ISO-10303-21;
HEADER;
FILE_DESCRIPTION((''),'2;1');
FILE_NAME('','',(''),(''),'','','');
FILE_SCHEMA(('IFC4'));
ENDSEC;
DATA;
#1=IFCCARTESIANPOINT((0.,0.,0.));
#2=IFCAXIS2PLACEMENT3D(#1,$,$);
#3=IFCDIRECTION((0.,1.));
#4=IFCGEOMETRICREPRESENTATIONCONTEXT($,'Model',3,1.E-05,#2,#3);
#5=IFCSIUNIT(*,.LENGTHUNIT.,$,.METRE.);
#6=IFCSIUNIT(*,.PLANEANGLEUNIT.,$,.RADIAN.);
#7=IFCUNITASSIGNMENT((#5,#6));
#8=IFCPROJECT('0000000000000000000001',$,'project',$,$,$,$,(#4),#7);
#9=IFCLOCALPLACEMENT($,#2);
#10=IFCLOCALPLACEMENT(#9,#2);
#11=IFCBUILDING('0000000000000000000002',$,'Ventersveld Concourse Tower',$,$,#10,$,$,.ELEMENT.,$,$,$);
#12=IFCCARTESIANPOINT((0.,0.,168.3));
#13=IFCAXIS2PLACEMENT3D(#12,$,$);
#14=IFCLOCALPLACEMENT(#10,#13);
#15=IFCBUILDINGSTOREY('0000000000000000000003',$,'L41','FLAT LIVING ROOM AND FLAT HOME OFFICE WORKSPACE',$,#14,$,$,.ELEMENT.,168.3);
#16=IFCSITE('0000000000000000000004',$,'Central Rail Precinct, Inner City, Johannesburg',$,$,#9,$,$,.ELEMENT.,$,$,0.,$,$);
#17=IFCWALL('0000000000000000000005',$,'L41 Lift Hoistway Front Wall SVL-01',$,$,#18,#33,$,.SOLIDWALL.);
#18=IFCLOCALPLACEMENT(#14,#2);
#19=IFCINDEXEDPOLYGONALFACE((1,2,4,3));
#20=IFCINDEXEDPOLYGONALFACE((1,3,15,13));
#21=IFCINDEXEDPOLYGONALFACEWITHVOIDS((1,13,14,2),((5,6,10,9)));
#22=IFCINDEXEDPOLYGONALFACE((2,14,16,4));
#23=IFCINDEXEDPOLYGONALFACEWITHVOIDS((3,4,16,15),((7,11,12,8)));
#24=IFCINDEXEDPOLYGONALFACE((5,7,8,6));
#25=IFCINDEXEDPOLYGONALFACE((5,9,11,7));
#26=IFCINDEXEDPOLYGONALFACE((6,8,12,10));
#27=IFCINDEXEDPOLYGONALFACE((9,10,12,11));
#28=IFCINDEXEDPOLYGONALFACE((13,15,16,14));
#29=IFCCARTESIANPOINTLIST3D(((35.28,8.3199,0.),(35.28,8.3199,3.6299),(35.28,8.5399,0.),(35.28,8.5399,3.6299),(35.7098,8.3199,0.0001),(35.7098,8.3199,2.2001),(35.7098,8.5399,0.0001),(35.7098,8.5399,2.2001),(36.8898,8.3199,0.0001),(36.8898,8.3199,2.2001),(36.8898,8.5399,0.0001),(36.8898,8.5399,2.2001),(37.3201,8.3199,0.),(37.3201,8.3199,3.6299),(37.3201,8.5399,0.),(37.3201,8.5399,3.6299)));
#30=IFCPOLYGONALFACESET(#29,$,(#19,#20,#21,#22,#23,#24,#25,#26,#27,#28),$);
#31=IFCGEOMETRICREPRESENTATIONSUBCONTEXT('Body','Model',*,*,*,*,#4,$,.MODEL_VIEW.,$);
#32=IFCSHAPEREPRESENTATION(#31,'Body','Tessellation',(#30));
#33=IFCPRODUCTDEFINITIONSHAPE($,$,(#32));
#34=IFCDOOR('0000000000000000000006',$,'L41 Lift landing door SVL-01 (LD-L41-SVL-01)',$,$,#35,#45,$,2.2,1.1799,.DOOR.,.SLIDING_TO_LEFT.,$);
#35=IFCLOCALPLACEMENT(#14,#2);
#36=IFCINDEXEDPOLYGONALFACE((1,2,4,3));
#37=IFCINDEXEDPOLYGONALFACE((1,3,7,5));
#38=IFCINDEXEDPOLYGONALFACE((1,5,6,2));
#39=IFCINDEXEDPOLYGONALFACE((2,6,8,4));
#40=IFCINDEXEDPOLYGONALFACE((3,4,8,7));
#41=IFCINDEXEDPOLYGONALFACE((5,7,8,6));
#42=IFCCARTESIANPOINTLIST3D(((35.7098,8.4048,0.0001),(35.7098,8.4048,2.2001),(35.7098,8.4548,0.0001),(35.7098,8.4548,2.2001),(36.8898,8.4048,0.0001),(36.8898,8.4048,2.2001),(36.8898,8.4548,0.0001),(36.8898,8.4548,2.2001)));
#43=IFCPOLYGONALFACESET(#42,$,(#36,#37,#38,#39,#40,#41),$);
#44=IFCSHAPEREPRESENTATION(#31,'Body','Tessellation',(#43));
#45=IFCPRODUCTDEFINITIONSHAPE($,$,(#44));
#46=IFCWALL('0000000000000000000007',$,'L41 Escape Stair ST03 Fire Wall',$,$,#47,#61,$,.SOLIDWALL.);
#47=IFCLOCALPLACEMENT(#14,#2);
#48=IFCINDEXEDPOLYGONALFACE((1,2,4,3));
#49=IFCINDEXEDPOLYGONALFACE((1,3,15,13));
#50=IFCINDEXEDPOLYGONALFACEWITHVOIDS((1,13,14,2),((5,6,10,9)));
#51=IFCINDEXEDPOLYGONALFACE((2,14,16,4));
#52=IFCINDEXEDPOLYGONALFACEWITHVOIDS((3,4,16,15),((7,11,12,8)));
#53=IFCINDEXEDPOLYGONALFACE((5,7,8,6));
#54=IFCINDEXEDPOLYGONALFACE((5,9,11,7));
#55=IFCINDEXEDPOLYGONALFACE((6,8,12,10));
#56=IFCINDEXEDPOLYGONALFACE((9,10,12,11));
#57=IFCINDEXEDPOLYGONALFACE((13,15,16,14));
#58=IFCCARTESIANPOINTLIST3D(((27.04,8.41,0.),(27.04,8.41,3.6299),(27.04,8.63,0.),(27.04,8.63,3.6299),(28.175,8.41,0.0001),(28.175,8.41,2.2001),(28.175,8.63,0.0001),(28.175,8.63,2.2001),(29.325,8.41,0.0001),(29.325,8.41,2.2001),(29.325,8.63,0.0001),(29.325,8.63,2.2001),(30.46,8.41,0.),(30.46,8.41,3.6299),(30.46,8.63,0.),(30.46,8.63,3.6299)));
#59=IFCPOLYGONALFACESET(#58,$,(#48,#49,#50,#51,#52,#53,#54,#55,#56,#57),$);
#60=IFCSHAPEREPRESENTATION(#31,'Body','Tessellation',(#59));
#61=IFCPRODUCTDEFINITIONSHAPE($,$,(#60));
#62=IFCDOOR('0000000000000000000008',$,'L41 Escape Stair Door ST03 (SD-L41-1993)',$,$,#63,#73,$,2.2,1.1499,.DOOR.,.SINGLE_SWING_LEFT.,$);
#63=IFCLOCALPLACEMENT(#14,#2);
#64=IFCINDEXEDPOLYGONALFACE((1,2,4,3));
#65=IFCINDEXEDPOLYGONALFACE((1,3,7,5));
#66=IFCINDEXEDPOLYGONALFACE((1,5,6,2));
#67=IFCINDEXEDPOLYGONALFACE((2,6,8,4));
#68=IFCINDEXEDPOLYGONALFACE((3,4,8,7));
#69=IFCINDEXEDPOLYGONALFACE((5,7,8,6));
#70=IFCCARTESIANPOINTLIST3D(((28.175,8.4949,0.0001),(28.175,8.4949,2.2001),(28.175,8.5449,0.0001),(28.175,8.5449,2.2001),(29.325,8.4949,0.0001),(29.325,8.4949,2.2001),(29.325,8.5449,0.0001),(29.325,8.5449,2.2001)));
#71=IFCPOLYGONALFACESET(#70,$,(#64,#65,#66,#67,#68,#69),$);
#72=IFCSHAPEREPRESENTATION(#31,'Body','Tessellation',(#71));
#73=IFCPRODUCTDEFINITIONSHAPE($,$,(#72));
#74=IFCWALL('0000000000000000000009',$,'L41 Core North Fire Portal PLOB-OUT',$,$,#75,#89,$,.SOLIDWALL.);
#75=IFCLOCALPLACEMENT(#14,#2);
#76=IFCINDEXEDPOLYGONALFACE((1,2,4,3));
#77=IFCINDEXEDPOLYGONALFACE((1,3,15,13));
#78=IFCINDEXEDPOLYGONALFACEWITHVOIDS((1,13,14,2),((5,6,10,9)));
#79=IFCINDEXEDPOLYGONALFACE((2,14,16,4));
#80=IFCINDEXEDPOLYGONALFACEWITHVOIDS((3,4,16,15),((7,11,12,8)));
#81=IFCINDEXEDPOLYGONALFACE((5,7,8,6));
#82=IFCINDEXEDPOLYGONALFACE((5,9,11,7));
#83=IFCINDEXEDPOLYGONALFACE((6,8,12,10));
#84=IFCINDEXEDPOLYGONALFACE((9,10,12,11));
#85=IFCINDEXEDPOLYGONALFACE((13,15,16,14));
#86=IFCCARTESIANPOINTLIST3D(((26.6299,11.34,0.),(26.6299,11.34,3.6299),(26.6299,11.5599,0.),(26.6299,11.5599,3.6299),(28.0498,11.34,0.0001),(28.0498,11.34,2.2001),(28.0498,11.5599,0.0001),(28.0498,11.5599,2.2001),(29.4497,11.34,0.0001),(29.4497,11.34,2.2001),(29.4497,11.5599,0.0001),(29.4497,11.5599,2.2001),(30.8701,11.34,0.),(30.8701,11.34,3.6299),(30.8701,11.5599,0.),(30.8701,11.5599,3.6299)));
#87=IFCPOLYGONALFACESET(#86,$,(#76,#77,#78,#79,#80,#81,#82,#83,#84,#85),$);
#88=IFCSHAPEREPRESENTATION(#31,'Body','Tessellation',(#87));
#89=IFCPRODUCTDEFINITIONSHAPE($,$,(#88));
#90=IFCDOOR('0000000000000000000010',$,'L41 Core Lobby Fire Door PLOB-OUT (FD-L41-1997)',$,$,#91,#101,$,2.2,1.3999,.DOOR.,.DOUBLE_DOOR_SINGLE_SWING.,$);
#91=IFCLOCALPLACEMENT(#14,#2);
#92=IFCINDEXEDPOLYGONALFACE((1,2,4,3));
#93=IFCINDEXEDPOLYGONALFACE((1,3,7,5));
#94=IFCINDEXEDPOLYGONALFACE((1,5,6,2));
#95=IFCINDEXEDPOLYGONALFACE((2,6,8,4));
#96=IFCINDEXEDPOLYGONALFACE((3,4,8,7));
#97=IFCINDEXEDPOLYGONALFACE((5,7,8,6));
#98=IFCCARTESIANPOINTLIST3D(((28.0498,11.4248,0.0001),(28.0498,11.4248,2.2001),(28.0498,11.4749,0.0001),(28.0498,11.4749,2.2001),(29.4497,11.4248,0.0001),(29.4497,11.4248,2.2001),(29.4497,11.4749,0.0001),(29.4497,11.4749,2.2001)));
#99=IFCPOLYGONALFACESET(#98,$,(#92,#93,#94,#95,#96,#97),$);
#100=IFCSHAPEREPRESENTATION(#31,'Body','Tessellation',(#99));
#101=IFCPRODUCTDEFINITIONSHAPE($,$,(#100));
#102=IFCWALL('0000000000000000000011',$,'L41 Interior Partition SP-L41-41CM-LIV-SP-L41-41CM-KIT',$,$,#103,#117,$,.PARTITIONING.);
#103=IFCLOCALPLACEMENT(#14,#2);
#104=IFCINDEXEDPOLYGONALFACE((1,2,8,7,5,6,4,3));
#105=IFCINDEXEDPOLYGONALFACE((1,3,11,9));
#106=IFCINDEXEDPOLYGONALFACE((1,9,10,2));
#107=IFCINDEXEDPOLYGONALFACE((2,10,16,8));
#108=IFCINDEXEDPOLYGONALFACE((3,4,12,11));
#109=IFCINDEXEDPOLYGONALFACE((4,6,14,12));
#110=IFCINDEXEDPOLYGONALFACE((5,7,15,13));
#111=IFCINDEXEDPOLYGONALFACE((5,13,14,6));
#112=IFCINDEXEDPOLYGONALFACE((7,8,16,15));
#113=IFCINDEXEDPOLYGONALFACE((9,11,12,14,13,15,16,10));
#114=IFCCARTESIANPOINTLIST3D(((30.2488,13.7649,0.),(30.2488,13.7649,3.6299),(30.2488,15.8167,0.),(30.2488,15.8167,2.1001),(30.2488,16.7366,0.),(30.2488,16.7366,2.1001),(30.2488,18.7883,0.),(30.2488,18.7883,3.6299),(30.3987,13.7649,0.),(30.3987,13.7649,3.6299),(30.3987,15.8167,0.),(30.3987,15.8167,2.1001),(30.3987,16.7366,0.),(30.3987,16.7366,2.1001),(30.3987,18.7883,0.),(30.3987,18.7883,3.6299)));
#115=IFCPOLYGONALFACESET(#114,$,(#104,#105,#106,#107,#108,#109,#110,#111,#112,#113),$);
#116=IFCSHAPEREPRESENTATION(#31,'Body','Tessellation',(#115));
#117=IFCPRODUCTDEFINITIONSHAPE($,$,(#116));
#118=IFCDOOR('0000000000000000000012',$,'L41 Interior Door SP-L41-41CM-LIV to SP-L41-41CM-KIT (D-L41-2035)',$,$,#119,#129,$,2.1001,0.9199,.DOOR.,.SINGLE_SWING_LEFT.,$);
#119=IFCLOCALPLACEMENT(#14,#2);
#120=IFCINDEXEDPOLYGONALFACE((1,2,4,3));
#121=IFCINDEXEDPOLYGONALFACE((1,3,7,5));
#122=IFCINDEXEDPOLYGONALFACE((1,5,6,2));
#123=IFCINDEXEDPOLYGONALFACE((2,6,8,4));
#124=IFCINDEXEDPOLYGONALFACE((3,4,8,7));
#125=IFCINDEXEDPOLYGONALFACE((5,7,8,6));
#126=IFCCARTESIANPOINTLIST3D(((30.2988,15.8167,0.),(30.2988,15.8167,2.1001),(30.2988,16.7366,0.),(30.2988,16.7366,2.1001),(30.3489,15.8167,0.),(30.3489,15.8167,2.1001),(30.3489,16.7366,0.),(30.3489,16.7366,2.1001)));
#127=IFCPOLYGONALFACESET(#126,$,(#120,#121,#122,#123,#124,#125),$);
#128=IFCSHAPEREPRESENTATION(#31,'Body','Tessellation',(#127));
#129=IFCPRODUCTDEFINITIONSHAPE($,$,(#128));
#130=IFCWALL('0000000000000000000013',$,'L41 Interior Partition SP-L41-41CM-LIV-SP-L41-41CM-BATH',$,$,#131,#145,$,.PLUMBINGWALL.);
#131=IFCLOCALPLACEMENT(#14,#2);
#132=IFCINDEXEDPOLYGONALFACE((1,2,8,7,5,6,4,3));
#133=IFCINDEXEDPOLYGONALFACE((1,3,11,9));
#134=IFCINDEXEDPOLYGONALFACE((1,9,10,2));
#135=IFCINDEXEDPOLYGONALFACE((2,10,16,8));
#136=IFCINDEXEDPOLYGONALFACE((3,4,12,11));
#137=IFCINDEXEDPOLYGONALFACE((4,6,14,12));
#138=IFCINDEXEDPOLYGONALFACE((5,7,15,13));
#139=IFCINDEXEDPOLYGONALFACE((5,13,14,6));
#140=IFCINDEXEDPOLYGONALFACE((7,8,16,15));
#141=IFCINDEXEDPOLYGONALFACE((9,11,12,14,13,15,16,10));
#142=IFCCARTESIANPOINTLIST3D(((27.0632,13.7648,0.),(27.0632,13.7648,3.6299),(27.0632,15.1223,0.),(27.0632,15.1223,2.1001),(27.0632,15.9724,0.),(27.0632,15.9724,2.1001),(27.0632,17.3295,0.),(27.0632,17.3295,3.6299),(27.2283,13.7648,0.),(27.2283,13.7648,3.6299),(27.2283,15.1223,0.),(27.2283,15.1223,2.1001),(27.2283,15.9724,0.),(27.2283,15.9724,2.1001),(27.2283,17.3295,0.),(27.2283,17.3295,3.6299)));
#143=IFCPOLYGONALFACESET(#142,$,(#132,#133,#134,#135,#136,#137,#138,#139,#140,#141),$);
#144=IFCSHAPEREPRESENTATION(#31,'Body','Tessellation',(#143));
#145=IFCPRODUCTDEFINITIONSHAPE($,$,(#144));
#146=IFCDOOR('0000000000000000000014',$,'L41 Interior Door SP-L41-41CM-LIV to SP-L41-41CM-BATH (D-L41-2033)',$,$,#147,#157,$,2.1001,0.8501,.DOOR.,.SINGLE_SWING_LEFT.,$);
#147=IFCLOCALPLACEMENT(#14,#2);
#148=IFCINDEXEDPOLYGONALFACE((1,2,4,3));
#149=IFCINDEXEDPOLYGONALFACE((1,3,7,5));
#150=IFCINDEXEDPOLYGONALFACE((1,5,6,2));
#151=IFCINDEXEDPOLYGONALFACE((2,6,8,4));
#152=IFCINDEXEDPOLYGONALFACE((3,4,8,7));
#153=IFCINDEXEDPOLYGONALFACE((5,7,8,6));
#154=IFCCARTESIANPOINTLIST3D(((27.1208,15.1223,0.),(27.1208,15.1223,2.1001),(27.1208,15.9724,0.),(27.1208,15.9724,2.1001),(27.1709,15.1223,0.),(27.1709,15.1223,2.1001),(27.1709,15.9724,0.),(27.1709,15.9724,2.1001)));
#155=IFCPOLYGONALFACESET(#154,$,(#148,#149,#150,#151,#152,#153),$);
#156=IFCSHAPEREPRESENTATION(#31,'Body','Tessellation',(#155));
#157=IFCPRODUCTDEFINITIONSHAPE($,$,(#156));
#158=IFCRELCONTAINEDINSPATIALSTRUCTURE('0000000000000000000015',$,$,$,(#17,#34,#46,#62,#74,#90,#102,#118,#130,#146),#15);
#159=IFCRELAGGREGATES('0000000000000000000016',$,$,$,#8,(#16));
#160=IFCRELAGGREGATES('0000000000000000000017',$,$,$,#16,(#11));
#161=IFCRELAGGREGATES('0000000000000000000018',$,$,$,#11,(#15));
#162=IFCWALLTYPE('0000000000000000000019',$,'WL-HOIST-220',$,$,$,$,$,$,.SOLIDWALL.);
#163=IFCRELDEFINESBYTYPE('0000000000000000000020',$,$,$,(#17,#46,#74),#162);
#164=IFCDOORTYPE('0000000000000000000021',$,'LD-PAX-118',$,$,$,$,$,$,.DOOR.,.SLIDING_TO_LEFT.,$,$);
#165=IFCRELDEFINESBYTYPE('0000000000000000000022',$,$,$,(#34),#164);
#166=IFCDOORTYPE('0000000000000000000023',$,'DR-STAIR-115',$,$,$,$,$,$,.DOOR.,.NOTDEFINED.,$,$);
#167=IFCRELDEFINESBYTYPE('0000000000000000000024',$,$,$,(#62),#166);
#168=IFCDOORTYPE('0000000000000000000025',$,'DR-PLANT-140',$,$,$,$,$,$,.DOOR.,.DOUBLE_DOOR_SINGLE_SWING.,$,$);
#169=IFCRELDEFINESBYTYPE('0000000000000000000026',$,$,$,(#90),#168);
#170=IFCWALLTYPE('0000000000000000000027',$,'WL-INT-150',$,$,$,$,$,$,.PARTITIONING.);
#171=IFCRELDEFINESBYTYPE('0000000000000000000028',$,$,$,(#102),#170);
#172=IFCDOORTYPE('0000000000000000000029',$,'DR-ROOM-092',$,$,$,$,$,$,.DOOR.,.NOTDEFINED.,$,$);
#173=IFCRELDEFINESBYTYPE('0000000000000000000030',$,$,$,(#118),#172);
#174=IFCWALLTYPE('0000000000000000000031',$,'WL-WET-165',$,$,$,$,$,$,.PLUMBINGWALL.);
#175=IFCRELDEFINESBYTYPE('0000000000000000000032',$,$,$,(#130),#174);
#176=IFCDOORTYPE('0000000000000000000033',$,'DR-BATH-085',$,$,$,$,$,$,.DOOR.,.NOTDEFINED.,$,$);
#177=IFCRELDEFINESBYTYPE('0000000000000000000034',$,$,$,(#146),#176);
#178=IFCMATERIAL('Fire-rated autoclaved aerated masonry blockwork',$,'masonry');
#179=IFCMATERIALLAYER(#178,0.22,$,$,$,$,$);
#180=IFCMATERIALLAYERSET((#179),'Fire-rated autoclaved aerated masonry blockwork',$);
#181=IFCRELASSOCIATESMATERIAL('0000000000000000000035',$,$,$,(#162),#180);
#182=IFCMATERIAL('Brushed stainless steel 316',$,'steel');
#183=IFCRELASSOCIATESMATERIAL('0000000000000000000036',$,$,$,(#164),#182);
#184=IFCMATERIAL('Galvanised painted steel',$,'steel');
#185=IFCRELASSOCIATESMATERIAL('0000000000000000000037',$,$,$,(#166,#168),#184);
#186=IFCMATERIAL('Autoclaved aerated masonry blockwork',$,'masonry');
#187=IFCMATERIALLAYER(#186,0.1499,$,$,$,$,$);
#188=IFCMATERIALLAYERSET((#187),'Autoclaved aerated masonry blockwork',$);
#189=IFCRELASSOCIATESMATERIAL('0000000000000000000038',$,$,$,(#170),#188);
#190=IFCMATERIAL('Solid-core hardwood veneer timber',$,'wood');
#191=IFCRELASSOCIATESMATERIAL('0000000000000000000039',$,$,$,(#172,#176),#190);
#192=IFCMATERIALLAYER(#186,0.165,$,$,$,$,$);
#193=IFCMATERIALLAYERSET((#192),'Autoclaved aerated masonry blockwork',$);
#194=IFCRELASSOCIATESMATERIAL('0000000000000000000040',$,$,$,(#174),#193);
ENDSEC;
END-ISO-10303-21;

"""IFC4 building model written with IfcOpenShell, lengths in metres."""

from ifc_helpers import new_model, si_unit, direction, frame, frame_2d, origin, place, context, subcontext, project, spatial, rectangle, extrude, material, layer, layer_set, type_object, element, fill, save


model = new_model("IFC4")

# Units and contexts
model_context = context("Model", 3, precision=1e-05, world=origin(), true_north=direction((0.0, 1.0)))
body_context = subcontext(model_context, "Body", "Model", "MODEL_VIEW")
ifc_project = project(units=[si_unit("LENGTHUNIT", "METRE"), si_unit("PLANEANGLEUNIT", "RADIAN")], contexts=[model_context])

# Site, building, storey
site_placement = place(None, origin())
site = spatial("IfcSite", under=ifc_project, at=site_placement, Name="Central Rail Precinct, Inner City, Johannesburg", CompositionType="ELEMENT", RefElevation=0.0)
building_placement = place(site_placement, origin())
building = spatial("IfcBuilding", under=site, at=building_placement, Name="Ventersveld Concourse Tower", CompositionType="ELEMENT")
storey_placement = place(building_placement, frame((0.0, 0.0, 168.3)))
storey = spatial("IfcBuildingStorey", under=building, at=storey_placement, Name="L41", Description="FLAT LIVING ROOM AND FLAT HOME OFFICE WORKSPACE", CompositionType="ELEMENT", Elevation=168.3)

# Shared definitions
ifc_material_1 = material(Name="Fire-rated autoclaved aerated masonry blockwork", Category="masonry")
ifc_layer_1 = layer(ifc_material_1, 0.22)
ifc_layer_set_1 = layer_set([ifc_layer_1], Name="Fire-rated autoclaved aerated masonry blockwork")
wall_type_1 = type_object("IfcWallType", Name="WL-HOIST-220", PredefinedType="SOLIDWALL", material=ifc_layer_set_1)

# Walls, openings, doors
wall_1_placement = place(storey_placement, frame((35.28, 8.4299, 0.0), z_axis=(0.0, 0.0, 1.0), x_axis=(1.0, 0.0, 0.0)))
wall_1 = element("IfcWall", 1, at=wall_1_placement, inside=storey, type_object=wall_type_1, Name="L41 Lift Hoistway Front Wall SVL-01", PredefinedType="SOLIDWALL", context=body_context, shape_type="SweptSolid", body=[
    extrude(rectangle(XDim=2.04, YDim=0.22, at=frame_2d((1.02, 0.0))), origin(), (0.0, 0.0, 1.0), 3.6299),
])
opening_1_placement = place(wall_1_placement, frame((0.4299, 0.0, 0.0)))
opening_1 = element("IfcOpeningElement", 2, at=opening_1_placement, cuts=wall_1, PredefinedType="OPENING", context=body_context, shape_type="SweptSolid", body=[
    extrude(rectangle(XDim=1.1799, YDim=2.2, at=frame_2d((0.5898, 1.1001))), frame((0.0, 0.1201, 0.0), z_axis=(0.0, -1.0, 0.0), x_axis=(1.0, 0.0, 0.0)), (0.0, 0.0, 1.0), 0.24),
])
ifc_material_2 = material(Name="Brushed stainless steel 316", Category="steel")
door_type_1 = type_object("IfcDoorType", Name="LD-PAX-118", OperationType="SLIDING_TO_LEFT", PredefinedType="DOOR", material=ifc_material_2)
door_1_placement = place(opening_1_placement, origin())
door_1 = element("IfcDoor", 3, at=door_1_placement, inside=storey, type_object=door_type_1, Name="L41 Lift landing door SVL-01 (LD-L41-SVL-01)", OperationType="SLIDING_TO_LEFT", OverallHeight=2.2, OverallWidth=1.1799, PredefinedType="DOOR", context=body_context, shape_type="SweptSolid", body=[
    extrude(rectangle(XDim=1.1799, YDim=2.2, at=frame_2d((0.5898, 1.1001))), frame((0.0, 0.0249, 0.0), z_axis=(0.0, -1.0, 0.0), x_axis=(1.0, 0.0, 0.0)), (0.0, 0.0, 1.0), 0.05),
])
fill(opening_1, door_1)
wall_2_placement = place(storey_placement, frame((27.04, 8.52, 0.0), z_axis=(0.0, 0.0, 1.0), x_axis=(1.0, 0.0, 0.0)))
wall_2 = element("IfcWall", 4, at=wall_2_placement, inside=storey, type_object=wall_type_1, Name="L41 Escape Stair ST03 Fire Wall", PredefinedType="SOLIDWALL", context=body_context, shape_type="SweptSolid", body=[
    extrude(rectangle(XDim=3.4199, YDim=0.22, at=frame_2d((1.71, 0.0))), origin(), (0.0, 0.0, 1.0), 3.6299),
])
opening_2_placement = place(wall_2_placement, frame((1.135, 0.0, 0.0)))
opening_2 = element("IfcOpeningElement", 5, at=opening_2_placement, cuts=wall_2, PredefinedType="OPENING", context=body_context, shape_type="SweptSolid", body=[
    extrude(rectangle(XDim=1.1499, YDim=2.2, at=frame_2d((0.575, 1.1001))), frame((0.0, 0.1201, 0.0), z_axis=(0.0, -1.0, 0.0), x_axis=(1.0, 0.0, 0.0)), (0.0, 0.0, 1.0), 0.24),
])
ifc_material_3 = material(Name="Galvanised painted steel", Category="steel")
door_type_2 = type_object("IfcDoorType", Name="DR-STAIR-115", OperationType="NOTDEFINED", PredefinedType="DOOR", material=ifc_material_3)
door_2_placement = place(opening_2_placement, origin())
door_2 = element("IfcDoor", 6, at=door_2_placement, inside=storey, type_object=door_type_2, Name="L41 Escape Stair Door ST03 (SD-L41-1993)", OperationType="SINGLE_SWING_LEFT", OverallHeight=2.2, OverallWidth=1.1499, PredefinedType="DOOR", context=body_context, shape_type="SweptSolid", body=[
    extrude(rectangle(XDim=1.1499, YDim=2.2, at=frame_2d((0.575, 1.1001))), frame((0.0, 0.0249, 0.0), z_axis=(0.0, -1.0, 0.0), x_axis=(1.0, 0.0, 0.0)), (0.0, 0.0, 1.0), 0.05),
])
fill(opening_2, door_2)
wall_3_placement = place(storey_placement, frame((26.6299, 11.45, 0.0), z_axis=(0.0, 0.0, 1.0), x_axis=(1.0, 0.0, 0.0)))
wall_3 = element("IfcWall", 7, at=wall_3_placement, inside=storey, type_object=wall_type_1, Name="L41 Core North Fire Portal PLOB-OUT", PredefinedType="SOLIDWALL", context=body_context, shape_type="SweptSolid", body=[
    extrude(rectangle(XDim=4.2402, YDim=0.22, at=frame_2d((2.1201, 0.0))), origin(), (0.0, 0.0, 1.0), 3.6299),
])
opening_3_placement = place(wall_3_placement, frame((1.4199, 0.0, 0.0)))
opening_3 = element("IfcOpeningElement", 8, at=opening_3_placement, cuts=wall_3, PredefinedType="OPENING", context=body_context, shape_type="SweptSolid", body=[
    extrude(rectangle(XDim=1.3999, YDim=2.2, at=frame_2d((0.7, 1.1001))), frame((0.0, 0.1201, 0.0), z_axis=(0.0, -1.0, 0.0), x_axis=(1.0, 0.0, 0.0)), (0.0, 0.0, 1.0), 0.24),
])
door_type_3 = type_object("IfcDoorType", Name="DR-PLANT-140", OperationType="DOUBLE_DOOR_SINGLE_SWING", PredefinedType="DOOR", material=ifc_material_3)
door_3_placement = place(opening_3_placement, origin())
door_3 = element("IfcDoor", 9, at=door_3_placement, inside=storey, type_object=door_type_3, Name="L41 Core Lobby Fire Door PLOB-OUT (FD-L41-1997)", OperationType="DOUBLE_DOOR_SINGLE_SWING", OverallHeight=2.2, OverallWidth=1.3999, PredefinedType="DOOR", context=body_context, shape_type="SweptSolid", body=[
    extrude(rectangle(XDim=1.3999, YDim=2.2, at=frame_2d((0.7, 1.1001))), frame((0.0, 0.0249, 0.0), z_axis=(0.0, -1.0, 0.0), x_axis=(1.0, 0.0, 0.0)), (0.0, 0.0, 1.0), 0.05),
])
fill(opening_3, door_3)
ifc_material_4 = material(Name="Autoclaved aerated masonry blockwork", Category="masonry")
ifc_layer_2 = layer(ifc_material_4, 0.1499)
ifc_layer_set_2 = layer_set([ifc_layer_2], Name="Autoclaved aerated masonry blockwork")
wall_type_2 = type_object("IfcWallType", Name="WL-INT-150", PredefinedType="PARTITIONING", material=ifc_layer_set_2)
wall_4_placement = place(storey_placement, frame((30.3237, 13.7649, 0.0), z_axis=(0.0, 0.0, 1.0), x_axis=(0.0, 1.0, 0.0)))
wall_4 = element("IfcWall", 10, at=wall_4_placement, inside=storey, type_object=wall_type_2, Name="L41 Interior Partition SP-L41-41CM-LIV-SP-L41-41CM-KIT", PredefinedType="PARTITIONING", context=body_context, shape_type="SweptSolid", body=[
    extrude(rectangle(XDim=5.0234, YDim=0.1499, at=frame_2d((2.5117, 0.0))), origin(), (0.0, 0.0, 1.0), 3.6299),
])
opening_4_placement = place(wall_4_placement, frame((2.0518, 0.0, 0.0)))
opening_4 = element("IfcOpeningElement", 11, at=opening_4_placement, cuts=wall_4, PredefinedType="OPENING", context=body_context, shape_type="SweptSolid", body=[
    extrude(rectangle(XDim=0.9199, YDim=2.1001, at=frame_2d((0.46, 1.05))), frame((0.0, 0.085, 0.0), z_axis=(0.0, -1.0, 0.0), x_axis=(1.0, 0.0, 0.0)), (0.0, 0.0, 1.0), 0.1699),
])
ifc_material_5 = material(Name="Solid-core hardwood veneer timber", Category="wood")
door_type_4 = type_object("IfcDoorType", Name="DR-ROOM-092", OperationType="NOTDEFINED", PredefinedType="DOOR", material=ifc_material_5)
door_4_placement = place(opening_4_placement, origin())
door_4 = element("IfcDoor", 12, at=door_4_placement, inside=storey, type_object=door_type_4, Name="L41 Interior Door SP-L41-41CM-LIV to SP-L41-41CM-KIT (D-L41-2035)", OperationType="SINGLE_SWING_LEFT", OverallHeight=2.1001, OverallWidth=0.9199, PredefinedType="DOOR", context=body_context, shape_type="SweptSolid", body=[
    extrude(rectangle(XDim=0.9199, YDim=2.1001, at=frame_2d((0.46, 1.05))), frame((0.0, 0.0249, 0.0), z_axis=(0.0, -1.0, 0.0), x_axis=(1.0, 0.0, 0.0)), (0.0, 0.0, 1.0), 0.05),
])
fill(opening_4, door_4)
ifc_layer_3 = layer(ifc_material_4, 0.165)
ifc_layer_set_3 = layer_set([ifc_layer_3], Name="Autoclaved aerated masonry blockwork")
wall_type_3 = type_object("IfcWallType", Name="WL-WET-165", PredefinedType="PLUMBINGWALL", material=ifc_layer_set_3)
wall_5_placement = place(storey_placement, frame((27.1458, 13.7649, 0.0), z_axis=(0.0, 0.0, 1.0), x_axis=(0.0, 1.0, 0.0)))
wall_5 = element("IfcWall", 13, at=wall_5_placement, inside=storey, type_object=wall_type_3, Name="L41 Interior Partition SP-L41-41CM-LIV-SP-L41-41CM-BATH", PredefinedType="PLUMBINGWALL", context=body_context, shape_type="SweptSolid", body=[
    extrude(rectangle(XDim=3.5647, YDim=0.165, at=frame_2d((1.7822, 0.0))), origin(), (0.0, 0.0, 1.0), 3.6299),
])
opening_5_placement = place(wall_5_placement, frame((1.3574, 0.0, 0.0)))
opening_5 = element("IfcOpeningElement", 14, at=opening_5_placement, cuts=wall_5, PredefinedType="OPENING", context=body_context, shape_type="SweptSolid", body=[
    extrude(rectangle(XDim=0.8501, YDim=2.1001, at=frame_2d((0.425, 1.05))), frame((0.0, 0.0925, 0.0), z_axis=(0.0, -1.0, 0.0), x_axis=(1.0, 0.0, 0.0)), (0.0, 0.0, 1.0), 0.1851),
])
door_type_5 = type_object("IfcDoorType", Name="DR-BATH-085", OperationType="NOTDEFINED", PredefinedType="DOOR", material=ifc_material_5)
door_5_placement = place(opening_5_placement, origin())
door_5 = element("IfcDoor", 15, at=door_5_placement, inside=storey, type_object=door_type_5, Name="L41 Interior Door SP-L41-41CM-LIV to SP-L41-41CM-BATH (D-L41-2033)", OperationType="SINGLE_SWING_LEFT", OverallHeight=2.1001, OverallWidth=0.8501, PredefinedType="DOOR", context=body_context, shape_type="SweptSolid", body=[
    extrude(rectangle(XDim=0.8501, YDim=2.1001, at=frame_2d((0.425, 1.05))), frame((0.0, 0.0249, 0.0), z_axis=(0.0, -1.0, 0.0), x_axis=(1.0, 0.0, 0.0)), (0.0, 0.0, 1.0), 0.05),
])
fill(opening_5, door_5)

save(model, "model.ifc")
